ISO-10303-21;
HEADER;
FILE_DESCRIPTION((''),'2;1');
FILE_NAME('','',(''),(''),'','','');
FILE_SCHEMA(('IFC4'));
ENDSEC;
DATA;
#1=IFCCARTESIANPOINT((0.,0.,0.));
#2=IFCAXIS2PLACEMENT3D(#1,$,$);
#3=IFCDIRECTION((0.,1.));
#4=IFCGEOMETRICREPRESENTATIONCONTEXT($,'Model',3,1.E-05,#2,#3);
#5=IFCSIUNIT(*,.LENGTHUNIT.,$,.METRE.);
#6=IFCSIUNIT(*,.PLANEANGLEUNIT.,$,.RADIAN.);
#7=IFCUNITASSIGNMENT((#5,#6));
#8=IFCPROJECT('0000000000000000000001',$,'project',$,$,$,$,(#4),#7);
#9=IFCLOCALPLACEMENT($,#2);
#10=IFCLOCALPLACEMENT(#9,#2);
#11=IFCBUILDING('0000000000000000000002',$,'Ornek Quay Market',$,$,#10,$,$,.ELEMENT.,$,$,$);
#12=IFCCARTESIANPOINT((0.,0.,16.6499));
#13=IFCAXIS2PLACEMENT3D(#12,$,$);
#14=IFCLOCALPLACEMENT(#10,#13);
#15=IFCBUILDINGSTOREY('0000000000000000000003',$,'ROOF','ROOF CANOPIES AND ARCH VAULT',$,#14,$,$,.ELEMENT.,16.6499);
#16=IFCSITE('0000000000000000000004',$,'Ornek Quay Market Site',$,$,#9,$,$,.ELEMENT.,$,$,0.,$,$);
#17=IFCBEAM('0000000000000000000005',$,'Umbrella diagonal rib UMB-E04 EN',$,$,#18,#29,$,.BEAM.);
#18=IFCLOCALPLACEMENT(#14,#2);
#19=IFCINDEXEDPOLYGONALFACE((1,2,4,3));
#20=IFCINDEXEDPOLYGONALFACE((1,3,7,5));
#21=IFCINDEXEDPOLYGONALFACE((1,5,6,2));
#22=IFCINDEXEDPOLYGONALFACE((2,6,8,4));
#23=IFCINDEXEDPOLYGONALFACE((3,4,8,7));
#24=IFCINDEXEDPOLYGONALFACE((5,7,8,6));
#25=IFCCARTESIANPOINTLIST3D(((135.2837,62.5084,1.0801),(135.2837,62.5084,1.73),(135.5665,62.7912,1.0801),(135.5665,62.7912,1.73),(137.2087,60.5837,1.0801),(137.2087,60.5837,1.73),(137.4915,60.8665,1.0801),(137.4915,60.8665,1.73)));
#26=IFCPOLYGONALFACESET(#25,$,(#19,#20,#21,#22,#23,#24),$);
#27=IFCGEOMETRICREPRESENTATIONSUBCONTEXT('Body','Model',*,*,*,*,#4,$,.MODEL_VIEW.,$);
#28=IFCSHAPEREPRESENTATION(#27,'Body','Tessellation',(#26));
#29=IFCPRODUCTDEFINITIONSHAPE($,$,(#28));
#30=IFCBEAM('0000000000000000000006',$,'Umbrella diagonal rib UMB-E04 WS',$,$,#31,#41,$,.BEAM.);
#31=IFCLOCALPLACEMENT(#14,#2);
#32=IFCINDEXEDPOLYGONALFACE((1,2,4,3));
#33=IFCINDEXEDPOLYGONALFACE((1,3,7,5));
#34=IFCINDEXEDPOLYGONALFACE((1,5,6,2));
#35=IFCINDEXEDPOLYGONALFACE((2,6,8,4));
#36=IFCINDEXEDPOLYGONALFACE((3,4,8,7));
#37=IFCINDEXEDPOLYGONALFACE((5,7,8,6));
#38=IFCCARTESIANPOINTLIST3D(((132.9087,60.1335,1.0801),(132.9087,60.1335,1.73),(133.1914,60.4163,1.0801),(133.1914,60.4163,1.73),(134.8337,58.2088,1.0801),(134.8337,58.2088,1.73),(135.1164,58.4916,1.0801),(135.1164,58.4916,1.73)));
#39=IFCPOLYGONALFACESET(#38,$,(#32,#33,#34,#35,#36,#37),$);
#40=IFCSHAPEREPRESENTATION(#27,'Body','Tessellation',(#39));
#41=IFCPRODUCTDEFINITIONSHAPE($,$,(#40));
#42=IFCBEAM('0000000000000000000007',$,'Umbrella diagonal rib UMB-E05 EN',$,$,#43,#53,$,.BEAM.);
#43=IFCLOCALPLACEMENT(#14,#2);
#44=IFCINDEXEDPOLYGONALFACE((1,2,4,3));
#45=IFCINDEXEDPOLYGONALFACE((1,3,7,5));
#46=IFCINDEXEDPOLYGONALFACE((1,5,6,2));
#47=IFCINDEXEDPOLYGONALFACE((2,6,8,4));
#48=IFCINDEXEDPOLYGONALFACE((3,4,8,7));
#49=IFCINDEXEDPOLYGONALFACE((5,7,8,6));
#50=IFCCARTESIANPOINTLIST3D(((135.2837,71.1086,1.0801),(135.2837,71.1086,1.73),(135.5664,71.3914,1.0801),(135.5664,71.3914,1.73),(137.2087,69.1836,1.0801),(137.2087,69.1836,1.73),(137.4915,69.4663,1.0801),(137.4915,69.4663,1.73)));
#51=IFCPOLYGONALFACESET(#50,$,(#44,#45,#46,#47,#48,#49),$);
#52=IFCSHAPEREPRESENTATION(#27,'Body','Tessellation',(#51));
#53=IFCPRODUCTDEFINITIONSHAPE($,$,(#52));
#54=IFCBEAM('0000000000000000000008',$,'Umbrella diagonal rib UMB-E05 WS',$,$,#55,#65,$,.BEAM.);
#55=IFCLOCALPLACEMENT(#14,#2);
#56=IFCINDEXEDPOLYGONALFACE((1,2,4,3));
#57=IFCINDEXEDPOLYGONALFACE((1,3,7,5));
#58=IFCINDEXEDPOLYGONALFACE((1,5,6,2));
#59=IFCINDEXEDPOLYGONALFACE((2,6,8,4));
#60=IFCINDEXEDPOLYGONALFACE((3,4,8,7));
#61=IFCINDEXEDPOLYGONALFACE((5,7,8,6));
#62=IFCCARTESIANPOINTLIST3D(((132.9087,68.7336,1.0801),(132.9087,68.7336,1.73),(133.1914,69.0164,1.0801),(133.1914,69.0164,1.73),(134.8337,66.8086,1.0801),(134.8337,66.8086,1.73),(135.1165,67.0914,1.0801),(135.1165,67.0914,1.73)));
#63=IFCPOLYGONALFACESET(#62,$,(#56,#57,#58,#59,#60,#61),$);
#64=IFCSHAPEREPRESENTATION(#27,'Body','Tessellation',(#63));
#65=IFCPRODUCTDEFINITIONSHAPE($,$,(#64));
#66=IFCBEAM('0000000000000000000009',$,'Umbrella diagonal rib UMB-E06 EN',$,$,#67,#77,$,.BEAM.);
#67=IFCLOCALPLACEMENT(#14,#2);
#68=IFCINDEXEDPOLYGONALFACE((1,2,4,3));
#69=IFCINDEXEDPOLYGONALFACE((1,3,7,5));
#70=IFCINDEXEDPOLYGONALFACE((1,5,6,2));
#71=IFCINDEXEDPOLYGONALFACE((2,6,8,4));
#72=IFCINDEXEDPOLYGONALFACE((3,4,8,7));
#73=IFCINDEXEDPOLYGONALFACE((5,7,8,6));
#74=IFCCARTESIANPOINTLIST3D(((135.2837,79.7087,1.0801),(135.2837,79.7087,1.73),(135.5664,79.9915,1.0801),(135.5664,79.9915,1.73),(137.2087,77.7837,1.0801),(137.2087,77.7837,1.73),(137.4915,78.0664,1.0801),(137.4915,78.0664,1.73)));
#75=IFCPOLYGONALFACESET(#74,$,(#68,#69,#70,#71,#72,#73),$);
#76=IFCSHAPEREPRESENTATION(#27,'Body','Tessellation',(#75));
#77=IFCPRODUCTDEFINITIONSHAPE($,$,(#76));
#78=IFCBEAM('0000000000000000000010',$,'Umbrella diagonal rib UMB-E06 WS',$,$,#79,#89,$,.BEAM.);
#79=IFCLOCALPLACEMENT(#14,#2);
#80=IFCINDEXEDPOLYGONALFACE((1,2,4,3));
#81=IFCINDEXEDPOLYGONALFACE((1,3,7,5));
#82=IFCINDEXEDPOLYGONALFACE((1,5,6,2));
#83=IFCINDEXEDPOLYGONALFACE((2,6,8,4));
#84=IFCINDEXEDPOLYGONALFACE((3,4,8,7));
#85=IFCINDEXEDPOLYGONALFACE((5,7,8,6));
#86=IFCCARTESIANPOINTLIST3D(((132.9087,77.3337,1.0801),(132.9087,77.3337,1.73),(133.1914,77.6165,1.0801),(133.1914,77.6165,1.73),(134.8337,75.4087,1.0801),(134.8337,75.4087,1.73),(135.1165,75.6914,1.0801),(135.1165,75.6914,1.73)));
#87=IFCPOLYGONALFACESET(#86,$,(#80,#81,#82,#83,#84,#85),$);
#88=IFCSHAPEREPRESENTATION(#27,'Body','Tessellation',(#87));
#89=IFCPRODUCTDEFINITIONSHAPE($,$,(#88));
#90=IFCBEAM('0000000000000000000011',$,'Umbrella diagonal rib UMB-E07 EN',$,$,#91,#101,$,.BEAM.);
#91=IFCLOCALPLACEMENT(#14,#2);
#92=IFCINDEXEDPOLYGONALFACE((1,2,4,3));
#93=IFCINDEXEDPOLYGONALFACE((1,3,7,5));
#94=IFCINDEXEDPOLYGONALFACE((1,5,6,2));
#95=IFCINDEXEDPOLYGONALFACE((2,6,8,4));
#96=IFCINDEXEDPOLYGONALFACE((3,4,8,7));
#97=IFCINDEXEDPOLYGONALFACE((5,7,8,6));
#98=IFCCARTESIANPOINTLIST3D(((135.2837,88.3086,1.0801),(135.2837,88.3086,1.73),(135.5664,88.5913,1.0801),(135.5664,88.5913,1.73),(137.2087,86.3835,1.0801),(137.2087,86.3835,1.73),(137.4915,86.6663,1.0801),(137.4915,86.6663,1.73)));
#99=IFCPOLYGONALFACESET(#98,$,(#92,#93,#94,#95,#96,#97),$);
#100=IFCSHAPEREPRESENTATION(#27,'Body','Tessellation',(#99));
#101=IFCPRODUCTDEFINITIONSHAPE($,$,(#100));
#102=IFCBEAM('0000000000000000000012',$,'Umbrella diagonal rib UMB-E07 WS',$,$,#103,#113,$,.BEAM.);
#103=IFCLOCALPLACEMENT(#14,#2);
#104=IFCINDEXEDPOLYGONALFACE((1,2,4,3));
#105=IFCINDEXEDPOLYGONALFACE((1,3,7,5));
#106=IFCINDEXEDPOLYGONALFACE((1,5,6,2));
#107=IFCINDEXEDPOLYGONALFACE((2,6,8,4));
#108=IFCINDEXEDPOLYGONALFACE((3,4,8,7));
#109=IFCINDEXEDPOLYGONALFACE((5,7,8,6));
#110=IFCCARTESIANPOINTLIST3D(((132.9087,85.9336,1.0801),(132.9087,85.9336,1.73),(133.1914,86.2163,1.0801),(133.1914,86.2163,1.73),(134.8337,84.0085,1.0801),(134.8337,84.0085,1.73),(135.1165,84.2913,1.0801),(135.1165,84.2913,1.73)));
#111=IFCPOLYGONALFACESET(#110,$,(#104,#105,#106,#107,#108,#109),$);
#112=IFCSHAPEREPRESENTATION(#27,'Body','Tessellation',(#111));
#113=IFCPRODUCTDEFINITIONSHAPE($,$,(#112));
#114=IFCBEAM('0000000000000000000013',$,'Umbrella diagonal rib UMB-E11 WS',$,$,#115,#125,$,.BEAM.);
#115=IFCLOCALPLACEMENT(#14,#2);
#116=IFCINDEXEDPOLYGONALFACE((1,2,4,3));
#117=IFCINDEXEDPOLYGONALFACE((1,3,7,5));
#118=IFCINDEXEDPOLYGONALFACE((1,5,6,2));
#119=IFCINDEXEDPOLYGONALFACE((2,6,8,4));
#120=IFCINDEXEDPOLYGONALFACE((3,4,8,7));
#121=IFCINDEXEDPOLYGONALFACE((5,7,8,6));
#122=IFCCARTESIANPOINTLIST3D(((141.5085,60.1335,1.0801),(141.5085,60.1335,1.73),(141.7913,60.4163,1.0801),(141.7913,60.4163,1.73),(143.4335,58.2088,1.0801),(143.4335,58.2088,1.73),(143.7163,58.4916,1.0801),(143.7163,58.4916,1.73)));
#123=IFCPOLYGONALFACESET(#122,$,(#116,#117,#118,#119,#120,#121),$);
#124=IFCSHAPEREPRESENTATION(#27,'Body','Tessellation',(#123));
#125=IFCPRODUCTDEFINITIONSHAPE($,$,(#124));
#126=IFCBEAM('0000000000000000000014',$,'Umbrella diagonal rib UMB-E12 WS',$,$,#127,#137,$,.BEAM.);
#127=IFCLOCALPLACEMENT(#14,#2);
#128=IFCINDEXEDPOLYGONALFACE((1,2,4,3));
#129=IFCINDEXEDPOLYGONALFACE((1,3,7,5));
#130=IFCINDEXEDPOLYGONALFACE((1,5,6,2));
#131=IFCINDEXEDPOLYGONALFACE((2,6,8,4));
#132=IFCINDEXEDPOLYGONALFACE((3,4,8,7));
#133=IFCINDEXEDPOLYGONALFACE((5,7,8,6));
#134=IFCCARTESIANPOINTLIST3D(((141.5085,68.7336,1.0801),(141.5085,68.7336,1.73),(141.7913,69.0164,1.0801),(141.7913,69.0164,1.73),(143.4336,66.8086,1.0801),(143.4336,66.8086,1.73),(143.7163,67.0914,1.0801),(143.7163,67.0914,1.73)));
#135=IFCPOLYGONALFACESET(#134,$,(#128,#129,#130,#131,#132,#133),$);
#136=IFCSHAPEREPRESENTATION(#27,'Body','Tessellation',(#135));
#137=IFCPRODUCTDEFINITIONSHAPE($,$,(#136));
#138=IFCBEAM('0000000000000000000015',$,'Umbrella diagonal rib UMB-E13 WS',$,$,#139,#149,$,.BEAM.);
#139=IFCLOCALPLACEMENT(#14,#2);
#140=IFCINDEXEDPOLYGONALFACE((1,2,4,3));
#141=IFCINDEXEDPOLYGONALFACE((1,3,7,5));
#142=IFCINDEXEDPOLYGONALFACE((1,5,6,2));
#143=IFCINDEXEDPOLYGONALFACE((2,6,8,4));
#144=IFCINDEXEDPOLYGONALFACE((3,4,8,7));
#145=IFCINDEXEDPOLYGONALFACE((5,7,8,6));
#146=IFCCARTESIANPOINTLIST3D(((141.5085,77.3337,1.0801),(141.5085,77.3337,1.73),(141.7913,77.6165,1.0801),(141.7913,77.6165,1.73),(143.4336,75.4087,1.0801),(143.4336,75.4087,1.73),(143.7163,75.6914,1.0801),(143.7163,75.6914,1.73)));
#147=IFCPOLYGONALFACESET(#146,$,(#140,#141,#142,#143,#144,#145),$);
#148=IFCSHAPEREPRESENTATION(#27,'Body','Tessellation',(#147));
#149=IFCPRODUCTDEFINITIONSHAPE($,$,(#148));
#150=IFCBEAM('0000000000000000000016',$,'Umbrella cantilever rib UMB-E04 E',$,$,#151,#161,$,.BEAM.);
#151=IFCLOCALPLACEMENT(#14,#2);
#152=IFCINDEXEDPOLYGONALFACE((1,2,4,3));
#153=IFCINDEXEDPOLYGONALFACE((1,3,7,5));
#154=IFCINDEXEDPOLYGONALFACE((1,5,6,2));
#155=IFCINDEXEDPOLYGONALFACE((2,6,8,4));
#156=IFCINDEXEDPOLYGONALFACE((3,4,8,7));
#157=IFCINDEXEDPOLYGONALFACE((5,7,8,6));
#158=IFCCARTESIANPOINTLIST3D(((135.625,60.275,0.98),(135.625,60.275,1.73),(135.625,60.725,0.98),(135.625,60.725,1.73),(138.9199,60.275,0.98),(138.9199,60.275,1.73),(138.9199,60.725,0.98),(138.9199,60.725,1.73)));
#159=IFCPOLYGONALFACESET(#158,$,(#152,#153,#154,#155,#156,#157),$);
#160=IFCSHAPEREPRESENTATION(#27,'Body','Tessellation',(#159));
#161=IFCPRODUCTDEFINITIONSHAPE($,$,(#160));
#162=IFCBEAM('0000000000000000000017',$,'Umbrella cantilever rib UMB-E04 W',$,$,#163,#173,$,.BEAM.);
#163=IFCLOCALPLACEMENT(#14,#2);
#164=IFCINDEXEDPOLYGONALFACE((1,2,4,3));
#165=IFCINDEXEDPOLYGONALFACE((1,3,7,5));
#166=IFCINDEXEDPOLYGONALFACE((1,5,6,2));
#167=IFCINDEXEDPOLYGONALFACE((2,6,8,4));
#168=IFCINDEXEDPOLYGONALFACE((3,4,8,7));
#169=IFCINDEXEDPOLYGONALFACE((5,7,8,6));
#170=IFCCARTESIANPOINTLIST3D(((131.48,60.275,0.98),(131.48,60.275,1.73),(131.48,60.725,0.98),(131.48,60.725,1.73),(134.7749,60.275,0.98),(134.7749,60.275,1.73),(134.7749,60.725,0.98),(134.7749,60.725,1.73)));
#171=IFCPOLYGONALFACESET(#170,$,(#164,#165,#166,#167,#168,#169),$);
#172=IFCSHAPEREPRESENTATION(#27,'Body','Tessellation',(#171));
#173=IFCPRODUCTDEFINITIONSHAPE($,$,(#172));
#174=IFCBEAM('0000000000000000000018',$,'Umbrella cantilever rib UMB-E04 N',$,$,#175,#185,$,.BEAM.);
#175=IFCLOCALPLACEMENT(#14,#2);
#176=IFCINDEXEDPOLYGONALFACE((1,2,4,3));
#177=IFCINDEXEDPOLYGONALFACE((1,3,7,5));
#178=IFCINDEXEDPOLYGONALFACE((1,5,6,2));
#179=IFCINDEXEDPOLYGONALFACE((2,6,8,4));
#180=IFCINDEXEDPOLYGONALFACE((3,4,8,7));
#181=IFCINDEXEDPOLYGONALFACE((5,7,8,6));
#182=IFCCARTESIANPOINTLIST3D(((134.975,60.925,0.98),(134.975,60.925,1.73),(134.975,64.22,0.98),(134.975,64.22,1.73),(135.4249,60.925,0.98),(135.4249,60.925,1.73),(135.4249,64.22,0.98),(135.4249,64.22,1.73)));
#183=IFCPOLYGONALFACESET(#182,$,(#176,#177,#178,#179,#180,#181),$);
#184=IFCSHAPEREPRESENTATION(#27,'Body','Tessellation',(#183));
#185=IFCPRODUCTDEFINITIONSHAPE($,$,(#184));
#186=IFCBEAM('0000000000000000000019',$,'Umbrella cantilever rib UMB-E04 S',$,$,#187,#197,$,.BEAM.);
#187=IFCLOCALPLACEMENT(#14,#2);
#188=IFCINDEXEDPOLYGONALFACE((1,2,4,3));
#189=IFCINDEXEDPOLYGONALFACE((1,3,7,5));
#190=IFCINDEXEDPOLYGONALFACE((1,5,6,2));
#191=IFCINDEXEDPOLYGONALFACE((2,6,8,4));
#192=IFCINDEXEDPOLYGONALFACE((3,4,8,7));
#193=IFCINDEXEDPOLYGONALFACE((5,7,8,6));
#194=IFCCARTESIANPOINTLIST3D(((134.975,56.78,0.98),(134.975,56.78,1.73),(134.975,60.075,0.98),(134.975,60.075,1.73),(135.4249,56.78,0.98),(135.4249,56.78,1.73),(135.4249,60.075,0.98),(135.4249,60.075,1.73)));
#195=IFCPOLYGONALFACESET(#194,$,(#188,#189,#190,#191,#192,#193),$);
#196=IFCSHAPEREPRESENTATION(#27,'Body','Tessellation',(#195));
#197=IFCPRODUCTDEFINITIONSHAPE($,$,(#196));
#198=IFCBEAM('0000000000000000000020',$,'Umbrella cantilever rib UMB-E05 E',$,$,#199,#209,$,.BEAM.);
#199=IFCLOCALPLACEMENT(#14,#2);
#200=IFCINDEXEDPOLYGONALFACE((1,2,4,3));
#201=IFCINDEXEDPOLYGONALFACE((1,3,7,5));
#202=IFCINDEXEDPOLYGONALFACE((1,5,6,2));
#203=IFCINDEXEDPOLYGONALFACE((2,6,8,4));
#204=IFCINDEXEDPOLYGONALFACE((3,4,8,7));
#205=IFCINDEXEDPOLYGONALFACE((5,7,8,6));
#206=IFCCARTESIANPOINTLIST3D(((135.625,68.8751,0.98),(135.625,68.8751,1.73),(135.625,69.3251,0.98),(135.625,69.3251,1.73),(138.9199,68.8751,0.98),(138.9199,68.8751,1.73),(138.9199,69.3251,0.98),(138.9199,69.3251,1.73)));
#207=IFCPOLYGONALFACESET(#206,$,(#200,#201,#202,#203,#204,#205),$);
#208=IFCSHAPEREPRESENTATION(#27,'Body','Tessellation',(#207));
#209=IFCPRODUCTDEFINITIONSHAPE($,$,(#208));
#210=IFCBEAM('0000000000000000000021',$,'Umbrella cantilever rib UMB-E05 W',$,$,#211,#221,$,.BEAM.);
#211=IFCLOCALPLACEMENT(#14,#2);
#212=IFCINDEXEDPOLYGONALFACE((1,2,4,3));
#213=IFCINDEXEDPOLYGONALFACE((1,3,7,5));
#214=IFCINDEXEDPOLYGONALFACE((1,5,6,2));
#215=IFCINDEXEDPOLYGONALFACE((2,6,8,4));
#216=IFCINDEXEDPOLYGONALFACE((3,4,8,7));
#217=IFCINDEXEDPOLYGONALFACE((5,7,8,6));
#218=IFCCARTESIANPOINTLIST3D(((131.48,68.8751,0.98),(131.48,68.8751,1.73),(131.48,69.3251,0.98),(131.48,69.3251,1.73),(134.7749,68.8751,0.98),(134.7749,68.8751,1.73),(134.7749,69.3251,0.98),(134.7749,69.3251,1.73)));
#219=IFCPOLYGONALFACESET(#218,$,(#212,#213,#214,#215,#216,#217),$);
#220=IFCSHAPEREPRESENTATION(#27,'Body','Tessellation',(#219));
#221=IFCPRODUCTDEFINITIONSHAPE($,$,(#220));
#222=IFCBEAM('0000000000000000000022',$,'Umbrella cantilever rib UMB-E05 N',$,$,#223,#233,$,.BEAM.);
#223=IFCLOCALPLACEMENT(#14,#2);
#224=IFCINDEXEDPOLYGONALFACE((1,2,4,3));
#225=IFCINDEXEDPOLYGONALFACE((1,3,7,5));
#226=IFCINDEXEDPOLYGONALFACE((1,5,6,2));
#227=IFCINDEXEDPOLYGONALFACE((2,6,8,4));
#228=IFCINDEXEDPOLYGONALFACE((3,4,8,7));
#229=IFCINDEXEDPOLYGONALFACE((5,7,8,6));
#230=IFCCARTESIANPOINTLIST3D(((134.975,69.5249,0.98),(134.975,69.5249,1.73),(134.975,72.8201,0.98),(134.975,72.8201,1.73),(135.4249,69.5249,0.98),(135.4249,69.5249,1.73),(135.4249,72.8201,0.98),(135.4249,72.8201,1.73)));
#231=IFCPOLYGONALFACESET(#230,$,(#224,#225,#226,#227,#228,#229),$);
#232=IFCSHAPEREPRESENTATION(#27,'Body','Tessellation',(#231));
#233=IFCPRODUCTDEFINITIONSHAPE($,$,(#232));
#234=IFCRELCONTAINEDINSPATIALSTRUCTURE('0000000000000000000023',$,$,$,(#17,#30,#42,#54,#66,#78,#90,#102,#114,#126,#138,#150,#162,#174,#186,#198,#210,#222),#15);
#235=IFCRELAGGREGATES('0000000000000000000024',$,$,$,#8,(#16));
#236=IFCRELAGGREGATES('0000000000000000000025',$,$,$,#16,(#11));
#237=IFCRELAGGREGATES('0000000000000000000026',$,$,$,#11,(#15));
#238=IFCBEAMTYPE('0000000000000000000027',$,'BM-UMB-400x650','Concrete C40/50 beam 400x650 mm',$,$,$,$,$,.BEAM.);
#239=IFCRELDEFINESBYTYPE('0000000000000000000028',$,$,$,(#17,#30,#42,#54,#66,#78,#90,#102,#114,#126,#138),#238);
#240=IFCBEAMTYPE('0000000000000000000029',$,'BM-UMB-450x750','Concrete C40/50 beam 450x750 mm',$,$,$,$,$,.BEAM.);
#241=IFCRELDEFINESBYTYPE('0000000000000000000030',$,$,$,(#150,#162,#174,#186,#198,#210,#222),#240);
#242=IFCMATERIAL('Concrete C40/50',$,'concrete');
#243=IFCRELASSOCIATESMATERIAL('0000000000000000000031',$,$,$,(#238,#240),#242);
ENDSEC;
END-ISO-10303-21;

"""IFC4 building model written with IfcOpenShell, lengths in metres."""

from ifc_helpers import new_model, si_unit, direction, frame, origin, origin_2d, place, context, subcontext, project, spatial, rectangle, extrude, material, material_profile, profile_set, type_object, element, save


model = new_model("IFC4")

# Units and contexts
model_context = context("Model", 3, precision=1e-05, world=origin(), true_north=direction((0.0, 1.0)))
body_context = subcontext(model_context, "Body", "Model", "MODEL_VIEW")
ifc_project = project(units=[si_unit("LENGTHUNIT", "METRE"), si_unit("PLANEANGLEUNIT", "RADIAN")], contexts=[model_context])

# Site, building, storey
site_placement = place(None, origin())
site = spatial("IfcSite", under=ifc_project, at=site_placement, Name="Ornek Quay Market Site", CompositionType="ELEMENT", RefElevation=0.0)
building_placement = place(site_placement, origin())
building = spatial("IfcBuilding", under=site, at=building_placement, Name="Ornek Quay Market", CompositionType="ELEMENT")
storey_placement = place(building_placement, frame((0.0, 0.0, 16.6499)))
storey = spatial("IfcBuildingStorey", under=building, at=storey_placement, Name="ROOF", Description="ROOF CANOPIES AND ARCH VAULT", CompositionType="ELEMENT", Elevation=16.6499)

# Beams
ifc_material_1 = material(Name="Concrete C40/50", Category="concrete")
ifc_material_profile_1 = material_profile(ifc_material_1, rectangle(XDim=0.3999, YDim=0.6499, at=origin_2d()), Name="RC 400x650", Category="concrete")
ifc_profile_set_1 = profile_set([ifc_material_profile_1], Name="Concrete C40/50")
beam_type_1 = type_object("IfcBeamType", Name="BM-UMB-400x650", Description="Concrete C40/50 beam 400x650 mm", PredefinedType="BEAM", material=ifc_profile_set_1)
for number, where, z_axis, x_axis, name in (
    (1, (137.3501, 60.7251, 1.405), (-0.707152, 0.707062, 0.0), (-0.707062, -0.707152, 0.0), "Umbrella diagonal rib UMB-E04 EN"),
    (2, (133.05, 60.2749, 1.405), (0.707152, -0.707062, 0.0), (0.707062, 0.707152, 0.0), "Umbrella diagonal rib UMB-E04 WS"),
):
    element("IfcBeam", number, at=place(storey_placement, frame(where, z_axis=z_axis, x_axis=x_axis)), inside=storey, type_object=beam_type_1, Name=name, PredefinedType="BEAM", context=body_context, shape_type="SweptSolid", body=[
        extrude(rectangle(XDim=0.3999, YDim=0.6499, at=origin_2d()), origin(), (0.0, 0.0, 1.0), 2.7222),
    ])
for number, where, z_axis, x_axis, name in (
    (3, (137.3501, 69.325, 1.405), (-0.707107, 0.707107, 0.0), (-0.707107, -0.707107, 0.0), "Umbrella diagonal rib UMB-E05 EN"),
    (4, (133.05, 68.875, 1.405), (0.707107, -0.707107, 0.0), (0.707107, 0.707107, 0.0), "Umbrella diagonal rib UMB-E05 WS"),
    (5, (137.3501, 77.925, 1.405), (-0.707107, 0.707107, 0.0), (-0.707107, -0.707107, 0.0), "Umbrella diagonal rib UMB-E06 EN"),
    (6, (133.05, 77.4751, 1.405), (0.707107, -0.707107, 0.0), (0.707107, 0.707107, 0.0), "Umbrella diagonal rib UMB-E06 WS"),
    (7, (137.3501, 86.5249, 1.405), (-0.707107, 0.707107, 0.0), (-0.707107, -0.707107, 0.0), "Umbrella diagonal rib UMB-E07 EN"),
    (8, (133.05, 86.075, 1.405), (0.707107, -0.707107, 0.0), (0.707107, 0.707107, 0.0), "Umbrella diagonal rib UMB-E07 WS"),
):
    element("IfcBeam", number, at=place(storey_placement, frame(where, z_axis=z_axis, x_axis=x_axis)), inside=storey, type_object=beam_type_1, Name=name, PredefinedType="BEAM", context=body_context, shape_type="SweptSolid", body=[
        extrude(rectangle(XDim=0.3999, YDim=0.6499, at=origin_2d()), origin(), (0.0, 0.0, 1.0), 2.7224),
    ])
beam_placement = place(storey_placement, frame((141.6499, 60.2749, 1.405), z_axis=(0.707152, -0.707062, 0.0), x_axis=(0.707062, 0.707152, 0.0)))
element("IfcBeam", 9, at=beam_placement, inside=storey, type_object=beam_type_1, Name="Umbrella diagonal rib UMB-E11 WS", PredefinedType="BEAM", context=body_context, shape_type="SweptSolid", body=[
    extrude(rectangle(XDim=0.3999, YDim=0.6499, at=origin_2d()), origin(), (0.0, 0.0, 1.0), 2.7222),
])
for number, where, z_axis, x_axis, name in (
    (10, (141.6499, 68.875, 1.405), (0.707107, -0.707107, 0.0), (0.707107, 0.707107, 0.0), "Umbrella diagonal rib UMB-E12 WS"),
    (11, (141.6499, 77.4751, 1.405), (0.707107, -0.707107, 0.0), (0.707107, 0.707107, 0.0), "Umbrella diagonal rib UMB-E13 WS"),
):
    element("IfcBeam", number, at=place(storey_placement, frame(where, z_axis=z_axis, x_axis=x_axis)), inside=storey, type_object=beam_type_1, Name=name, PredefinedType="BEAM", context=body_context, shape_type="SweptSolid", body=[
        extrude(rectangle(XDim=0.3999, YDim=0.6499, at=origin_2d()), origin(), (0.0, 0.0, 1.0), 2.7224),
    ])
ifc_material_profile_2 = material_profile(ifc_material_1, rectangle(XDim=0.45, YDim=0.75, at=origin_2d()), Name="RC 450x750", Category="concrete")
ifc_profile_set_2 = profile_set([ifc_material_profile_2], Name="Concrete C40/50")
beam_type_2 = type_object("IfcBeamType", Name="BM-UMB-450x750", Description="Concrete C40/50 beam 450x750 mm", PredefinedType="BEAM", material=ifc_profile_set_2)
for number, where, z_axis, x_axis, name in (
    (12, (135.625, 60.5, 1.355), (1.0, 0.0, 0.0), (0.0, 1.0, 0.0), "Umbrella cantilever rib UMB-E04 E"),
    (13, (134.7749, 60.5, 1.355), (-1.0, 0.0, 0.0), (0.0, -1.0, 0.0), "Umbrella cantilever rib UMB-E04 W"),
    (14, (135.2, 60.925, 1.355), (0.0, 1.0, 0.0), (-1.0, 0.0, 0.0), "Umbrella cantilever rib UMB-E04 N"),
    (15, (135.2, 60.075, 1.355), (0.0, -1.0, 0.0), (1.0, 0.0, 0.0), "Umbrella cantilever rib UMB-E04 S"),
    (16, (135.625, 69.1001, 1.355), (1.0, 0.0, 0.0), (0.0, 1.0, 0.0), "Umbrella cantilever rib UMB-E05 E"),
    (17, (134.7749, 69.1001, 1.355), (-1.0, 0.0, 0.0), (0.0, -1.0, 0.0), "Umbrella cantilever rib UMB-E05 W"),
):
    element("IfcBeam", number, at=place(storey_placement, frame(where, z_axis=z_axis, x_axis=x_axis)), inside=storey, type_object=beam_type_2, Name=name, PredefinedType="BEAM", context=body_context, shape_type="SweptSolid", body=[
        extrude(rectangle(XDim=0.45, YDim=0.75, at=origin_2d()), origin(), (0.0, 0.0, 1.0), 3.2949),
    ])
for number, where, z_axis, x_axis, name in (
    (18, (135.2, 69.5249, 1.355), (0.0, 1.0, 0.0), (-1.0, 0.0, 0.0), "Umbrella cantilever rib UMB-E05 N"),
):
    element("IfcBeam", number, at=place(storey_placement, frame(where, z_axis=z_axis, x_axis=x_axis)), inside=storey, type_object=beam_type_2, Name=name, PredefinedType="BEAM", context=body_context, shape_type="SweptSolid", body=[
        extrude(rectangle(XDim=0.45, YDim=0.75, at=origin_2d()), origin(), (0.0, 0.0, 1.0), 3.2952),
    ])

save(model, "model.ifc")
